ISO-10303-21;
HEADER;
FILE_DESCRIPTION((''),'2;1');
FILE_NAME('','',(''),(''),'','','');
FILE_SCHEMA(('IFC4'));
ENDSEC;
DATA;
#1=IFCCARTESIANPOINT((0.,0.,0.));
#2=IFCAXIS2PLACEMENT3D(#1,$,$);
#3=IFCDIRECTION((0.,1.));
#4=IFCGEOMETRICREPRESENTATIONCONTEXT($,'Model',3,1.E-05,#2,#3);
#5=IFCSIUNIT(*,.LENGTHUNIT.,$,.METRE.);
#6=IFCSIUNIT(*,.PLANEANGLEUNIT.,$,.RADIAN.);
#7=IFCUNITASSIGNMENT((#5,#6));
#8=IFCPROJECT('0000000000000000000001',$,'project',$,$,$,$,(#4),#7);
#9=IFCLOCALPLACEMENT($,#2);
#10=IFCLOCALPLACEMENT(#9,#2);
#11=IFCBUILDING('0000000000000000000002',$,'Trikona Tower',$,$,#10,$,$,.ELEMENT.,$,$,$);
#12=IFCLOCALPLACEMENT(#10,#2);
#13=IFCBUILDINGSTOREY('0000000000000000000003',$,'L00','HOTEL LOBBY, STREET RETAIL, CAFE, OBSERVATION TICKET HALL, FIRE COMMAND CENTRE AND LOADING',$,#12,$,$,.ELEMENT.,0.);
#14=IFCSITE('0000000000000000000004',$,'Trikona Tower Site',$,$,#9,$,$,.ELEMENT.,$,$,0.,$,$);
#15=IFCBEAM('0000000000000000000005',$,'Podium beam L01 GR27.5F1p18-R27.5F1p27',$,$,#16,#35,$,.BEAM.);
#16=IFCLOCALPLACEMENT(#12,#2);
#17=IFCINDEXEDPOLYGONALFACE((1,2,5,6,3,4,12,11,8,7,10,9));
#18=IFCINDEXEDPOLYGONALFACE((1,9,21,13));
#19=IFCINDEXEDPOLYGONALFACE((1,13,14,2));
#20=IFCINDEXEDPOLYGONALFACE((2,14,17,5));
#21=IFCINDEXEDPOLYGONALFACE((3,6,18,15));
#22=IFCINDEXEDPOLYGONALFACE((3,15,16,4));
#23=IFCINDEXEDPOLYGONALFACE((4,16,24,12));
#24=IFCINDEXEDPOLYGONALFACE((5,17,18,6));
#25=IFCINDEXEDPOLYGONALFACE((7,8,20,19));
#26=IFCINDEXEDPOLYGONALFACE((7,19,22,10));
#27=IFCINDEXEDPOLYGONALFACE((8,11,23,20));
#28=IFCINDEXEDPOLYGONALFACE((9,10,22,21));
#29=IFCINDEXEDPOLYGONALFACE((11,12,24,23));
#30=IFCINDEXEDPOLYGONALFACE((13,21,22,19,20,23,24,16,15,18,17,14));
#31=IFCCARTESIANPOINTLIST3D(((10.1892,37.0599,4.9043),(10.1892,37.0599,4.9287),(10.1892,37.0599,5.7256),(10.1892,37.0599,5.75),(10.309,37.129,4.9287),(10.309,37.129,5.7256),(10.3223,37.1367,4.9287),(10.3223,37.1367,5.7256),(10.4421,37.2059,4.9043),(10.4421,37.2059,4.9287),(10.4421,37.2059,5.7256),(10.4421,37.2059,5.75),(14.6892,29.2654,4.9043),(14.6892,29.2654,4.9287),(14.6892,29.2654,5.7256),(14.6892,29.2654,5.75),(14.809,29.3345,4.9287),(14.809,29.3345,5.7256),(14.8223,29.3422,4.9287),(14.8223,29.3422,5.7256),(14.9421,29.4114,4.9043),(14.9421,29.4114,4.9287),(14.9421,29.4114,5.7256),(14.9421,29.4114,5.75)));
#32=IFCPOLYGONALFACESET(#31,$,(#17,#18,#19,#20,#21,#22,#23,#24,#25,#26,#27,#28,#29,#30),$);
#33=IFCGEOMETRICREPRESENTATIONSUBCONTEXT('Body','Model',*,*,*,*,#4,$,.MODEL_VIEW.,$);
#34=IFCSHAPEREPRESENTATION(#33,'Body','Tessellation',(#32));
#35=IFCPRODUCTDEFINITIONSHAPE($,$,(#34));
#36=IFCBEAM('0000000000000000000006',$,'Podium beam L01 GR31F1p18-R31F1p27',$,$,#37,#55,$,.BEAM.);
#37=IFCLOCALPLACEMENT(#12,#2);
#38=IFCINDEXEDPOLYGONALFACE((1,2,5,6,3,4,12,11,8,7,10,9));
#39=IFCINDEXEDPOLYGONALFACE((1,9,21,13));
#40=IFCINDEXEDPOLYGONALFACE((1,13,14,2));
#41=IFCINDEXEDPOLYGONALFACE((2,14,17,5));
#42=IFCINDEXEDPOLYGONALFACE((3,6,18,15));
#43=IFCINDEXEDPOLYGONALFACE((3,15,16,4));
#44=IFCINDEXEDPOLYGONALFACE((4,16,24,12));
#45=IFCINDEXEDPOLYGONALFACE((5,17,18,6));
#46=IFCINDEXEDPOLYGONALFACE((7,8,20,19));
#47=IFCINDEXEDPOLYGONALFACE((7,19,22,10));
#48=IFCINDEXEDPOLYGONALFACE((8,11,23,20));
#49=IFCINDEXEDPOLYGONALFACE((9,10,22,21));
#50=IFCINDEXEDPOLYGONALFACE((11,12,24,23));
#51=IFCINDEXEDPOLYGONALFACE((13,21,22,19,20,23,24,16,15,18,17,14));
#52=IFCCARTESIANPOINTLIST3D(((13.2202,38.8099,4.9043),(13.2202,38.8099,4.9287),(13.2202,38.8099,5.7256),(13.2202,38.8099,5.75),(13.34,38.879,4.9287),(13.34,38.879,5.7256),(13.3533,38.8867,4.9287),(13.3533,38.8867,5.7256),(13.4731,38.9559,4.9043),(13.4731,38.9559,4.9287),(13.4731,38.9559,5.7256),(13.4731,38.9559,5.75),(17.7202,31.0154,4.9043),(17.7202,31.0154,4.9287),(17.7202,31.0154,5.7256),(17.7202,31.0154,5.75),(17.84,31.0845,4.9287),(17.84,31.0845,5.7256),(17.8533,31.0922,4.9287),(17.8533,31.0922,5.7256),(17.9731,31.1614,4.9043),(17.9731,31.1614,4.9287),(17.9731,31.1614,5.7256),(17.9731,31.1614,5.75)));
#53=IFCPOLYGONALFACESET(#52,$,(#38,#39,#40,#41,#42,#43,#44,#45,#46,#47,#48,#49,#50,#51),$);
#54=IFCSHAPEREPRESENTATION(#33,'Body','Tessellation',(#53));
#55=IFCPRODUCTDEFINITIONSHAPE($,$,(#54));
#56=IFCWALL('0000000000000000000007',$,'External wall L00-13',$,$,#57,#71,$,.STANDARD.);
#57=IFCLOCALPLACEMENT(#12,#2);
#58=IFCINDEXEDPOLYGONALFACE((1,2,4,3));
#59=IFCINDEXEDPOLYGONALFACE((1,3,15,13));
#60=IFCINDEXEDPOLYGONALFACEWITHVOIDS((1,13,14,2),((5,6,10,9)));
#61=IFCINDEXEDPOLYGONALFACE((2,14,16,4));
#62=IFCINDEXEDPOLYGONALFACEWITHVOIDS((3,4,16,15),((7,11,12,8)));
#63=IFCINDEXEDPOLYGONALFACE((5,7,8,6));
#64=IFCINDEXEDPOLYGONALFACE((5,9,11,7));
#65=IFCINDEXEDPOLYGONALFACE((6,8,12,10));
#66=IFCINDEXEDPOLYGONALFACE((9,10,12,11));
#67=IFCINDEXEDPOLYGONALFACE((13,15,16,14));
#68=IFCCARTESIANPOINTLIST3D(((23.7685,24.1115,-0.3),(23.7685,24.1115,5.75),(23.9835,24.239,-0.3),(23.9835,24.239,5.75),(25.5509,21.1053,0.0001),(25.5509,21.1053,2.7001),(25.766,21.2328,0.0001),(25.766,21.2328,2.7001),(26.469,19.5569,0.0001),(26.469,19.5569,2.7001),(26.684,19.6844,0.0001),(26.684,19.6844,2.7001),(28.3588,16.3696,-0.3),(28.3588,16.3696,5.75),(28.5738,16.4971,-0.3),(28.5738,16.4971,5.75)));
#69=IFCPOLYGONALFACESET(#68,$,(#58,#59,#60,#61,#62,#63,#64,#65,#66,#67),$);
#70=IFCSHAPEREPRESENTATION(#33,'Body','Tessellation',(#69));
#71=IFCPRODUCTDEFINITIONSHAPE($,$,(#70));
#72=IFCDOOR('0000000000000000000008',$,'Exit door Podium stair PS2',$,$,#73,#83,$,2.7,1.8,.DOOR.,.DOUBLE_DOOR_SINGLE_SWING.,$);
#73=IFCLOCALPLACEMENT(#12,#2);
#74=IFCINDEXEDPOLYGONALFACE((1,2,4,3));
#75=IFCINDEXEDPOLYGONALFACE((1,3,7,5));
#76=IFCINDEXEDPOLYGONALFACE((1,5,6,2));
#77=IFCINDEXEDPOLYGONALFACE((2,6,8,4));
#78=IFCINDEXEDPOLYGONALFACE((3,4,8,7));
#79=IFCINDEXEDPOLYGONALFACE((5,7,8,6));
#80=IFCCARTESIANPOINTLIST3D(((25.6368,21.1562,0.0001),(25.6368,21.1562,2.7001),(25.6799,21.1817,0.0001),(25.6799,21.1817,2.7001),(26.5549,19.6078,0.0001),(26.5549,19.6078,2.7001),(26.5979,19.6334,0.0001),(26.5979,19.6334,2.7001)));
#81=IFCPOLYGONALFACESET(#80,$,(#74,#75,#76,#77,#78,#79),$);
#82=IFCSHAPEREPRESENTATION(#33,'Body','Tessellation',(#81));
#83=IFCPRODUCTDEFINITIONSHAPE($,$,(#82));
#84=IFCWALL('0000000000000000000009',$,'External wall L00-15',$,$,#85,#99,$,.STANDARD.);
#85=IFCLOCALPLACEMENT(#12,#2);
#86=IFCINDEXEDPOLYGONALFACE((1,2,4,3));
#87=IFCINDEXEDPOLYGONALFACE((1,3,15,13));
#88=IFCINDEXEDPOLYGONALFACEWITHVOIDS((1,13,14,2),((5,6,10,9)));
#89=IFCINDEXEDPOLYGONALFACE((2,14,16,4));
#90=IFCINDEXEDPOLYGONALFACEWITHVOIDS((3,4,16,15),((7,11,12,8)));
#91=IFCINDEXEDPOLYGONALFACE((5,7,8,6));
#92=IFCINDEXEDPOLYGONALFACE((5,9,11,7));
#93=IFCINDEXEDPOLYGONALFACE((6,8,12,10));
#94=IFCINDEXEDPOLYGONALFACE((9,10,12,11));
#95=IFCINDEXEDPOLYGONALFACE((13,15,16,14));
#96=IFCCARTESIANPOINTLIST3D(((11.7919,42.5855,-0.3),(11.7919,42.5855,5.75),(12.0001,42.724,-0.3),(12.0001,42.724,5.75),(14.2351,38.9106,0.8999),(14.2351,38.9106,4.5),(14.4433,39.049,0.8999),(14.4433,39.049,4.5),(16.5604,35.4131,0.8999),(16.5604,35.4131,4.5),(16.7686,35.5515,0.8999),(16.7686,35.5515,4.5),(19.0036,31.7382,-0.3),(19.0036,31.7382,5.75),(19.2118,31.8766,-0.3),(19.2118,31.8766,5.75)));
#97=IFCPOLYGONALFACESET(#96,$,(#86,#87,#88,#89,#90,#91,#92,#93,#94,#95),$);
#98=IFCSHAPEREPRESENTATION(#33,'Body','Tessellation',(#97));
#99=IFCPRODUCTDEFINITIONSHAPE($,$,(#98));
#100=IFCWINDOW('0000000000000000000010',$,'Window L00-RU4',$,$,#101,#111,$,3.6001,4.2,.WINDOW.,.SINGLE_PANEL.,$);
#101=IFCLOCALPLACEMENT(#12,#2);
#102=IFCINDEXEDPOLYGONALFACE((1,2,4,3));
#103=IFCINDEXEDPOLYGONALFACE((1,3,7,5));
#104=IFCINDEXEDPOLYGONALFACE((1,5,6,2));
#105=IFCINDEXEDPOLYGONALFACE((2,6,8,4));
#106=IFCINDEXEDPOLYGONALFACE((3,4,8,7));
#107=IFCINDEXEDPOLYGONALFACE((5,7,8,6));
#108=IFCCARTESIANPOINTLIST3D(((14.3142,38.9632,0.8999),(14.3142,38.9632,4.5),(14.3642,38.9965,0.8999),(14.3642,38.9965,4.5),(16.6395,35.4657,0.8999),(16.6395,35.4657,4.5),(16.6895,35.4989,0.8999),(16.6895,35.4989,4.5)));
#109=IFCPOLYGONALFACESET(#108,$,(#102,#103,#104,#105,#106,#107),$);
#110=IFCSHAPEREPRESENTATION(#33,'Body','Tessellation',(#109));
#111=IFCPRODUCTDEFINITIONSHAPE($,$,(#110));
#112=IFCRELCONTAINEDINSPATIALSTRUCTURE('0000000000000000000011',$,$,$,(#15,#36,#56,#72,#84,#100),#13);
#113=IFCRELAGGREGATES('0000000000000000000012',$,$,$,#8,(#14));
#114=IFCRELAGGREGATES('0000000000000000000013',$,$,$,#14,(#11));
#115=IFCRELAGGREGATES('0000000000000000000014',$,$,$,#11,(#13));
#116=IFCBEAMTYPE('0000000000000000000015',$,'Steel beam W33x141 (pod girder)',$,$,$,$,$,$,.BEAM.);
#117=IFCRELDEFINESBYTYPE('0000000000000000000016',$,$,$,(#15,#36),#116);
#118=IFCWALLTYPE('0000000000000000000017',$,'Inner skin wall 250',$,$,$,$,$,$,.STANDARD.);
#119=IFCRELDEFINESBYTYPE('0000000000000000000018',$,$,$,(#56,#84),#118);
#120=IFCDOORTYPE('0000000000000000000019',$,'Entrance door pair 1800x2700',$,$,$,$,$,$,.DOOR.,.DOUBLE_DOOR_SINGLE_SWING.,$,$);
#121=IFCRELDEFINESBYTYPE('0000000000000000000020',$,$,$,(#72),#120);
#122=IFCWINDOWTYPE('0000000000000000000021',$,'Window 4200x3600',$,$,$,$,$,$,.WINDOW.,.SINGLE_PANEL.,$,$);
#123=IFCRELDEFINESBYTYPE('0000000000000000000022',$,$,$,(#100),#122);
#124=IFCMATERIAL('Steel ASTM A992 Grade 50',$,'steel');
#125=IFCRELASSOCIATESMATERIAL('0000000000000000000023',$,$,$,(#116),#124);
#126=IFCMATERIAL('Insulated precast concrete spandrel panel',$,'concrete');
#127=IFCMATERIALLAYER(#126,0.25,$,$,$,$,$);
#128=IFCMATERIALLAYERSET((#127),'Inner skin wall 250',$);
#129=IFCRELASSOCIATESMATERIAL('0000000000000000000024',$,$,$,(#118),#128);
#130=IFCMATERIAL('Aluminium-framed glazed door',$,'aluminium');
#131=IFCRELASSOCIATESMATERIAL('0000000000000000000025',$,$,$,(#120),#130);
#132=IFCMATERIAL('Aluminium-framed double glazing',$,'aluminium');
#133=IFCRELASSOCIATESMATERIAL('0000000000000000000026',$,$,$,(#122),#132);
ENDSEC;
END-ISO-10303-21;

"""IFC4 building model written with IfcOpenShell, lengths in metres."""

from ifc_helpers import new_model, si_unit, direction, frame, frame_2d, origin, origin_2d, place, context, subcontext, project, spatial, rectangle, i_section, extrude, material, layer, layer_set, material_profile, profile_set, type_object, element, fill, save


model = new_model("IFC4")

# Units and contexts
model_context = context("Model", 3, precision=1e-05, world=origin(), true_north=direction((0.0, 1.0)))
body_context = subcontext(model_context, "Body", "Model", "MODEL_VIEW")
ifc_project = project(units=[si_unit("LENGTHUNIT", "METRE"), si_unit("PLANEANGLEUNIT", "RADIAN")], contexts=[model_context])

# Site, building, storey
site_placement = place(None, origin())
site = spatial("IfcSite", under=ifc_project, at=site_placement, Name="Trikona Tower Site", CompositionType="ELEMENT", RefElevation=0.0)
building_placement = place(site_placement, origin())
building = spatial("IfcBuilding", under=site, at=building_placement, Name="Trikona Tower", CompositionType="ELEMENT")
storey_placement = place(building_placement, origin())
storey = spatial("IfcBuildingStorey", under=building, at=storey_placement, Name="L00", Description="HOTEL LOBBY, STREET RETAIL, CAFE, OBSERVATION TICKET HALL, FIRE COMMAND CENTRE AND LOADING", CompositionType="ELEMENT", Elevation=0.0)

# Beams
ifc_material_1 = material(Name="Steel ASTM A992 Grade 50", Category="steel")
ifc_material_profile_1 = material_profile(ifc_material_1, i_section(OverallWidth=0.292, OverallDepth=0.8457, WebThickness=0.0154, FlangeThickness=0.0244, at=origin_2d()), Name="W33X141")
ifc_profile_set_1 = profile_set([ifc_material_profile_1], Name="Steel ASTM A992 Grade 50")
beam_type_1 = type_object("IfcBeamType", Name="Steel beam W33x141 (pod girder)", PredefinedType="BEAM", material=ifc_profile_set_1)
for number, where, z_axis, x_axis, name in (
    (1, (14.8157, 29.3384, 5.3271), (-0.49999, 0.866031, 0.0), (-0.866031, -0.49999, 0.0), "Podium beam L01 GR27.5F1p18-R27.5F1p27"),
    (2, (17.8467, 31.0884, 5.3271), (-0.49999, 0.866031, 0.0), (-0.866031, -0.49999, 0.0), "Podium beam L01 GR31F1p18-R31F1p27"),
):
    element("IfcBeam", number, at=place(storey_placement, frame(where, z_axis=z_axis, x_axis=x_axis)), inside=storey, type_object=beam_type_1, Name=name, PredefinedType="BEAM", context=body_context, shape_type="SweptSolid", body=[
        extrude(i_section(OverallWidth=0.292, OverallDepth=0.8457, WebThickness=0.0154, FlangeThickness=0.0244, at=origin_2d()), origin(), (0.0, 0.0, 1.0), 9.0002),
    ])

# Wall, opening, door
ifc_material_2 = material(Name="Insulated precast concrete spandrel panel", Category="concrete")
ifc_layer = layer(ifc_material_2, 0.25)
ifc_layer_set = layer_set([ifc_layer], Name="Inner skin wall 250")
wall_type = type_object("IfcWallType", Name="Inner skin wall 250", PredefinedType="STANDARD", material=ifc_layer_set)
wall_1_placement = place(storey_placement, frame((23.876, 24.1753, -0.3), z_axis=(0.0, 0.0, 1.0), x_axis=(0.510009, -0.860169, 0.0)))
wall_1 = element("IfcWall", 3, at=wall_1_placement, inside=storey, type_object=wall_type, Name="External wall L00-13", PredefinedType="STANDARD", context=body_context, shape_type="SweptSolid", body=[
    extrude(rectangle(XDim=9.0005, YDim=0.25, at=frame_2d((4.5002, 0.0))), origin(), (0.0, 0.0, 1.0), 6.05),
])
opening_1_placement = place(wall_1_placement, frame((3.4951, 0.0, 0.3)))
opening_1 = element("IfcOpeningElement", 4, at=opening_1_placement, cuts=wall_1, PredefinedType="OPENING", context=body_context, shape_type="SweptSolid", body=[
    extrude(rectangle(XDim=1.8, YDim=2.7, at=frame_2d((0.8999, 1.3501))), frame((0.0, 0.135, 0.0), z_axis=(0.0, -1.0, 0.0), x_axis=(1.0, 0.0, 0.0)), (0.0, 0.0, 1.0), 0.27),
])
ifc_material_3 = material(Name="Aluminium-framed glazed door", Category="aluminium")
door_type = type_object("IfcDoorType", Name="Entrance door pair 1800x2700", OperationType="DOUBLE_DOOR_SINGLE_SWING", PredefinedType="DOOR", material=ifc_material_3)
door_placement = place(opening_1_placement, origin())
door = element("IfcDoor", 5, at=door_placement, inside=storey, type_object=door_type, Name="Exit door Podium stair PS2", OperationType="DOUBLE_DOOR_SINGLE_SWING", OverallHeight=2.7, OverallWidth=1.8, PredefinedType="DOOR", context=body_context, shape_type="SweptSolid", body=[
    extrude(rectangle(XDim=1.8, YDim=2.7, at=frame_2d((0.8999, 1.3501))), frame((0.0, 0.0249, 0.0), z_axis=(0.0, -1.0, 0.0), x_axis=(1.0, 0.0, 0.0)), (0.0, 0.0, 1.0), 0.05),
])
fill(opening_1, door)

# Wall, opening, window
wall_2_placement = place(storey_placement, frame((19.1077, 31.8074, -0.3), z_axis=(0.0, 0.0, 1.0), x_axis=(-0.55364, 0.832756, 0.0)))
wall_2 = element("IfcWall", 6, at=wall_2_placement, inside=storey, type_object=wall_type, Name="External wall L00-15", PredefinedType="STANDARD", context=body_context, shape_type="SweptSolid", body=[
    extrude(rectangle(XDim=13.0259, YDim=0.25, at=frame_2d((6.5129, 0.0))), origin(), (0.0, 0.0, 1.0), 6.05),
])
opening_2_placement = place(wall_2_placement, frame((4.4128, 0.0, 1.2)))
opening_2 = element("IfcOpeningElement", 7, at=opening_2_placement, cuts=wall_2, PredefinedType="OPENING", context=body_context, shape_type="SweptSolid", body=[
    extrude(rectangle(XDim=4.2, YDim=3.6001, at=frame_2d((2.1001, 1.8))), frame((0.0, 0.135, 0.0), z_axis=(0.0, -1.0, 0.0), x_axis=(1.0, 0.0, 0.0)), (0.0, 0.0, 1.0), 0.27),
])
ifc_material_4 = material(Name="Aluminium-framed double glazing", Category="aluminium")
window_type = type_object("IfcWindowType", Name="Window 4200x3600", PartitioningType="SINGLE_PANEL", PredefinedType="WINDOW", material=ifc_material_4)
window_placement = place(opening_2_placement, origin())
window = element("IfcWindow", 8, at=window_placement, inside=storey, type_object=window_type, Name="Window L00-RU4", OverallHeight=3.6001, OverallWidth=4.2, PartitioningType="SINGLE_PANEL", PredefinedType="WINDOW", context=body_context, shape_type="SweptSolid", body=[
    extrude(rectangle(XDim=4.2, YDim=3.6001, at=frame_2d((2.1001, 1.8))), frame((0.0, 0.03, 0.0), z_axis=(0.0, -1.0, 0.0), x_axis=(1.0, 0.0, 0.0)), (0.0, 0.0, 1.0), 0.0601),
])
fill(opening_2, window)

save(model, "model.ifc")
